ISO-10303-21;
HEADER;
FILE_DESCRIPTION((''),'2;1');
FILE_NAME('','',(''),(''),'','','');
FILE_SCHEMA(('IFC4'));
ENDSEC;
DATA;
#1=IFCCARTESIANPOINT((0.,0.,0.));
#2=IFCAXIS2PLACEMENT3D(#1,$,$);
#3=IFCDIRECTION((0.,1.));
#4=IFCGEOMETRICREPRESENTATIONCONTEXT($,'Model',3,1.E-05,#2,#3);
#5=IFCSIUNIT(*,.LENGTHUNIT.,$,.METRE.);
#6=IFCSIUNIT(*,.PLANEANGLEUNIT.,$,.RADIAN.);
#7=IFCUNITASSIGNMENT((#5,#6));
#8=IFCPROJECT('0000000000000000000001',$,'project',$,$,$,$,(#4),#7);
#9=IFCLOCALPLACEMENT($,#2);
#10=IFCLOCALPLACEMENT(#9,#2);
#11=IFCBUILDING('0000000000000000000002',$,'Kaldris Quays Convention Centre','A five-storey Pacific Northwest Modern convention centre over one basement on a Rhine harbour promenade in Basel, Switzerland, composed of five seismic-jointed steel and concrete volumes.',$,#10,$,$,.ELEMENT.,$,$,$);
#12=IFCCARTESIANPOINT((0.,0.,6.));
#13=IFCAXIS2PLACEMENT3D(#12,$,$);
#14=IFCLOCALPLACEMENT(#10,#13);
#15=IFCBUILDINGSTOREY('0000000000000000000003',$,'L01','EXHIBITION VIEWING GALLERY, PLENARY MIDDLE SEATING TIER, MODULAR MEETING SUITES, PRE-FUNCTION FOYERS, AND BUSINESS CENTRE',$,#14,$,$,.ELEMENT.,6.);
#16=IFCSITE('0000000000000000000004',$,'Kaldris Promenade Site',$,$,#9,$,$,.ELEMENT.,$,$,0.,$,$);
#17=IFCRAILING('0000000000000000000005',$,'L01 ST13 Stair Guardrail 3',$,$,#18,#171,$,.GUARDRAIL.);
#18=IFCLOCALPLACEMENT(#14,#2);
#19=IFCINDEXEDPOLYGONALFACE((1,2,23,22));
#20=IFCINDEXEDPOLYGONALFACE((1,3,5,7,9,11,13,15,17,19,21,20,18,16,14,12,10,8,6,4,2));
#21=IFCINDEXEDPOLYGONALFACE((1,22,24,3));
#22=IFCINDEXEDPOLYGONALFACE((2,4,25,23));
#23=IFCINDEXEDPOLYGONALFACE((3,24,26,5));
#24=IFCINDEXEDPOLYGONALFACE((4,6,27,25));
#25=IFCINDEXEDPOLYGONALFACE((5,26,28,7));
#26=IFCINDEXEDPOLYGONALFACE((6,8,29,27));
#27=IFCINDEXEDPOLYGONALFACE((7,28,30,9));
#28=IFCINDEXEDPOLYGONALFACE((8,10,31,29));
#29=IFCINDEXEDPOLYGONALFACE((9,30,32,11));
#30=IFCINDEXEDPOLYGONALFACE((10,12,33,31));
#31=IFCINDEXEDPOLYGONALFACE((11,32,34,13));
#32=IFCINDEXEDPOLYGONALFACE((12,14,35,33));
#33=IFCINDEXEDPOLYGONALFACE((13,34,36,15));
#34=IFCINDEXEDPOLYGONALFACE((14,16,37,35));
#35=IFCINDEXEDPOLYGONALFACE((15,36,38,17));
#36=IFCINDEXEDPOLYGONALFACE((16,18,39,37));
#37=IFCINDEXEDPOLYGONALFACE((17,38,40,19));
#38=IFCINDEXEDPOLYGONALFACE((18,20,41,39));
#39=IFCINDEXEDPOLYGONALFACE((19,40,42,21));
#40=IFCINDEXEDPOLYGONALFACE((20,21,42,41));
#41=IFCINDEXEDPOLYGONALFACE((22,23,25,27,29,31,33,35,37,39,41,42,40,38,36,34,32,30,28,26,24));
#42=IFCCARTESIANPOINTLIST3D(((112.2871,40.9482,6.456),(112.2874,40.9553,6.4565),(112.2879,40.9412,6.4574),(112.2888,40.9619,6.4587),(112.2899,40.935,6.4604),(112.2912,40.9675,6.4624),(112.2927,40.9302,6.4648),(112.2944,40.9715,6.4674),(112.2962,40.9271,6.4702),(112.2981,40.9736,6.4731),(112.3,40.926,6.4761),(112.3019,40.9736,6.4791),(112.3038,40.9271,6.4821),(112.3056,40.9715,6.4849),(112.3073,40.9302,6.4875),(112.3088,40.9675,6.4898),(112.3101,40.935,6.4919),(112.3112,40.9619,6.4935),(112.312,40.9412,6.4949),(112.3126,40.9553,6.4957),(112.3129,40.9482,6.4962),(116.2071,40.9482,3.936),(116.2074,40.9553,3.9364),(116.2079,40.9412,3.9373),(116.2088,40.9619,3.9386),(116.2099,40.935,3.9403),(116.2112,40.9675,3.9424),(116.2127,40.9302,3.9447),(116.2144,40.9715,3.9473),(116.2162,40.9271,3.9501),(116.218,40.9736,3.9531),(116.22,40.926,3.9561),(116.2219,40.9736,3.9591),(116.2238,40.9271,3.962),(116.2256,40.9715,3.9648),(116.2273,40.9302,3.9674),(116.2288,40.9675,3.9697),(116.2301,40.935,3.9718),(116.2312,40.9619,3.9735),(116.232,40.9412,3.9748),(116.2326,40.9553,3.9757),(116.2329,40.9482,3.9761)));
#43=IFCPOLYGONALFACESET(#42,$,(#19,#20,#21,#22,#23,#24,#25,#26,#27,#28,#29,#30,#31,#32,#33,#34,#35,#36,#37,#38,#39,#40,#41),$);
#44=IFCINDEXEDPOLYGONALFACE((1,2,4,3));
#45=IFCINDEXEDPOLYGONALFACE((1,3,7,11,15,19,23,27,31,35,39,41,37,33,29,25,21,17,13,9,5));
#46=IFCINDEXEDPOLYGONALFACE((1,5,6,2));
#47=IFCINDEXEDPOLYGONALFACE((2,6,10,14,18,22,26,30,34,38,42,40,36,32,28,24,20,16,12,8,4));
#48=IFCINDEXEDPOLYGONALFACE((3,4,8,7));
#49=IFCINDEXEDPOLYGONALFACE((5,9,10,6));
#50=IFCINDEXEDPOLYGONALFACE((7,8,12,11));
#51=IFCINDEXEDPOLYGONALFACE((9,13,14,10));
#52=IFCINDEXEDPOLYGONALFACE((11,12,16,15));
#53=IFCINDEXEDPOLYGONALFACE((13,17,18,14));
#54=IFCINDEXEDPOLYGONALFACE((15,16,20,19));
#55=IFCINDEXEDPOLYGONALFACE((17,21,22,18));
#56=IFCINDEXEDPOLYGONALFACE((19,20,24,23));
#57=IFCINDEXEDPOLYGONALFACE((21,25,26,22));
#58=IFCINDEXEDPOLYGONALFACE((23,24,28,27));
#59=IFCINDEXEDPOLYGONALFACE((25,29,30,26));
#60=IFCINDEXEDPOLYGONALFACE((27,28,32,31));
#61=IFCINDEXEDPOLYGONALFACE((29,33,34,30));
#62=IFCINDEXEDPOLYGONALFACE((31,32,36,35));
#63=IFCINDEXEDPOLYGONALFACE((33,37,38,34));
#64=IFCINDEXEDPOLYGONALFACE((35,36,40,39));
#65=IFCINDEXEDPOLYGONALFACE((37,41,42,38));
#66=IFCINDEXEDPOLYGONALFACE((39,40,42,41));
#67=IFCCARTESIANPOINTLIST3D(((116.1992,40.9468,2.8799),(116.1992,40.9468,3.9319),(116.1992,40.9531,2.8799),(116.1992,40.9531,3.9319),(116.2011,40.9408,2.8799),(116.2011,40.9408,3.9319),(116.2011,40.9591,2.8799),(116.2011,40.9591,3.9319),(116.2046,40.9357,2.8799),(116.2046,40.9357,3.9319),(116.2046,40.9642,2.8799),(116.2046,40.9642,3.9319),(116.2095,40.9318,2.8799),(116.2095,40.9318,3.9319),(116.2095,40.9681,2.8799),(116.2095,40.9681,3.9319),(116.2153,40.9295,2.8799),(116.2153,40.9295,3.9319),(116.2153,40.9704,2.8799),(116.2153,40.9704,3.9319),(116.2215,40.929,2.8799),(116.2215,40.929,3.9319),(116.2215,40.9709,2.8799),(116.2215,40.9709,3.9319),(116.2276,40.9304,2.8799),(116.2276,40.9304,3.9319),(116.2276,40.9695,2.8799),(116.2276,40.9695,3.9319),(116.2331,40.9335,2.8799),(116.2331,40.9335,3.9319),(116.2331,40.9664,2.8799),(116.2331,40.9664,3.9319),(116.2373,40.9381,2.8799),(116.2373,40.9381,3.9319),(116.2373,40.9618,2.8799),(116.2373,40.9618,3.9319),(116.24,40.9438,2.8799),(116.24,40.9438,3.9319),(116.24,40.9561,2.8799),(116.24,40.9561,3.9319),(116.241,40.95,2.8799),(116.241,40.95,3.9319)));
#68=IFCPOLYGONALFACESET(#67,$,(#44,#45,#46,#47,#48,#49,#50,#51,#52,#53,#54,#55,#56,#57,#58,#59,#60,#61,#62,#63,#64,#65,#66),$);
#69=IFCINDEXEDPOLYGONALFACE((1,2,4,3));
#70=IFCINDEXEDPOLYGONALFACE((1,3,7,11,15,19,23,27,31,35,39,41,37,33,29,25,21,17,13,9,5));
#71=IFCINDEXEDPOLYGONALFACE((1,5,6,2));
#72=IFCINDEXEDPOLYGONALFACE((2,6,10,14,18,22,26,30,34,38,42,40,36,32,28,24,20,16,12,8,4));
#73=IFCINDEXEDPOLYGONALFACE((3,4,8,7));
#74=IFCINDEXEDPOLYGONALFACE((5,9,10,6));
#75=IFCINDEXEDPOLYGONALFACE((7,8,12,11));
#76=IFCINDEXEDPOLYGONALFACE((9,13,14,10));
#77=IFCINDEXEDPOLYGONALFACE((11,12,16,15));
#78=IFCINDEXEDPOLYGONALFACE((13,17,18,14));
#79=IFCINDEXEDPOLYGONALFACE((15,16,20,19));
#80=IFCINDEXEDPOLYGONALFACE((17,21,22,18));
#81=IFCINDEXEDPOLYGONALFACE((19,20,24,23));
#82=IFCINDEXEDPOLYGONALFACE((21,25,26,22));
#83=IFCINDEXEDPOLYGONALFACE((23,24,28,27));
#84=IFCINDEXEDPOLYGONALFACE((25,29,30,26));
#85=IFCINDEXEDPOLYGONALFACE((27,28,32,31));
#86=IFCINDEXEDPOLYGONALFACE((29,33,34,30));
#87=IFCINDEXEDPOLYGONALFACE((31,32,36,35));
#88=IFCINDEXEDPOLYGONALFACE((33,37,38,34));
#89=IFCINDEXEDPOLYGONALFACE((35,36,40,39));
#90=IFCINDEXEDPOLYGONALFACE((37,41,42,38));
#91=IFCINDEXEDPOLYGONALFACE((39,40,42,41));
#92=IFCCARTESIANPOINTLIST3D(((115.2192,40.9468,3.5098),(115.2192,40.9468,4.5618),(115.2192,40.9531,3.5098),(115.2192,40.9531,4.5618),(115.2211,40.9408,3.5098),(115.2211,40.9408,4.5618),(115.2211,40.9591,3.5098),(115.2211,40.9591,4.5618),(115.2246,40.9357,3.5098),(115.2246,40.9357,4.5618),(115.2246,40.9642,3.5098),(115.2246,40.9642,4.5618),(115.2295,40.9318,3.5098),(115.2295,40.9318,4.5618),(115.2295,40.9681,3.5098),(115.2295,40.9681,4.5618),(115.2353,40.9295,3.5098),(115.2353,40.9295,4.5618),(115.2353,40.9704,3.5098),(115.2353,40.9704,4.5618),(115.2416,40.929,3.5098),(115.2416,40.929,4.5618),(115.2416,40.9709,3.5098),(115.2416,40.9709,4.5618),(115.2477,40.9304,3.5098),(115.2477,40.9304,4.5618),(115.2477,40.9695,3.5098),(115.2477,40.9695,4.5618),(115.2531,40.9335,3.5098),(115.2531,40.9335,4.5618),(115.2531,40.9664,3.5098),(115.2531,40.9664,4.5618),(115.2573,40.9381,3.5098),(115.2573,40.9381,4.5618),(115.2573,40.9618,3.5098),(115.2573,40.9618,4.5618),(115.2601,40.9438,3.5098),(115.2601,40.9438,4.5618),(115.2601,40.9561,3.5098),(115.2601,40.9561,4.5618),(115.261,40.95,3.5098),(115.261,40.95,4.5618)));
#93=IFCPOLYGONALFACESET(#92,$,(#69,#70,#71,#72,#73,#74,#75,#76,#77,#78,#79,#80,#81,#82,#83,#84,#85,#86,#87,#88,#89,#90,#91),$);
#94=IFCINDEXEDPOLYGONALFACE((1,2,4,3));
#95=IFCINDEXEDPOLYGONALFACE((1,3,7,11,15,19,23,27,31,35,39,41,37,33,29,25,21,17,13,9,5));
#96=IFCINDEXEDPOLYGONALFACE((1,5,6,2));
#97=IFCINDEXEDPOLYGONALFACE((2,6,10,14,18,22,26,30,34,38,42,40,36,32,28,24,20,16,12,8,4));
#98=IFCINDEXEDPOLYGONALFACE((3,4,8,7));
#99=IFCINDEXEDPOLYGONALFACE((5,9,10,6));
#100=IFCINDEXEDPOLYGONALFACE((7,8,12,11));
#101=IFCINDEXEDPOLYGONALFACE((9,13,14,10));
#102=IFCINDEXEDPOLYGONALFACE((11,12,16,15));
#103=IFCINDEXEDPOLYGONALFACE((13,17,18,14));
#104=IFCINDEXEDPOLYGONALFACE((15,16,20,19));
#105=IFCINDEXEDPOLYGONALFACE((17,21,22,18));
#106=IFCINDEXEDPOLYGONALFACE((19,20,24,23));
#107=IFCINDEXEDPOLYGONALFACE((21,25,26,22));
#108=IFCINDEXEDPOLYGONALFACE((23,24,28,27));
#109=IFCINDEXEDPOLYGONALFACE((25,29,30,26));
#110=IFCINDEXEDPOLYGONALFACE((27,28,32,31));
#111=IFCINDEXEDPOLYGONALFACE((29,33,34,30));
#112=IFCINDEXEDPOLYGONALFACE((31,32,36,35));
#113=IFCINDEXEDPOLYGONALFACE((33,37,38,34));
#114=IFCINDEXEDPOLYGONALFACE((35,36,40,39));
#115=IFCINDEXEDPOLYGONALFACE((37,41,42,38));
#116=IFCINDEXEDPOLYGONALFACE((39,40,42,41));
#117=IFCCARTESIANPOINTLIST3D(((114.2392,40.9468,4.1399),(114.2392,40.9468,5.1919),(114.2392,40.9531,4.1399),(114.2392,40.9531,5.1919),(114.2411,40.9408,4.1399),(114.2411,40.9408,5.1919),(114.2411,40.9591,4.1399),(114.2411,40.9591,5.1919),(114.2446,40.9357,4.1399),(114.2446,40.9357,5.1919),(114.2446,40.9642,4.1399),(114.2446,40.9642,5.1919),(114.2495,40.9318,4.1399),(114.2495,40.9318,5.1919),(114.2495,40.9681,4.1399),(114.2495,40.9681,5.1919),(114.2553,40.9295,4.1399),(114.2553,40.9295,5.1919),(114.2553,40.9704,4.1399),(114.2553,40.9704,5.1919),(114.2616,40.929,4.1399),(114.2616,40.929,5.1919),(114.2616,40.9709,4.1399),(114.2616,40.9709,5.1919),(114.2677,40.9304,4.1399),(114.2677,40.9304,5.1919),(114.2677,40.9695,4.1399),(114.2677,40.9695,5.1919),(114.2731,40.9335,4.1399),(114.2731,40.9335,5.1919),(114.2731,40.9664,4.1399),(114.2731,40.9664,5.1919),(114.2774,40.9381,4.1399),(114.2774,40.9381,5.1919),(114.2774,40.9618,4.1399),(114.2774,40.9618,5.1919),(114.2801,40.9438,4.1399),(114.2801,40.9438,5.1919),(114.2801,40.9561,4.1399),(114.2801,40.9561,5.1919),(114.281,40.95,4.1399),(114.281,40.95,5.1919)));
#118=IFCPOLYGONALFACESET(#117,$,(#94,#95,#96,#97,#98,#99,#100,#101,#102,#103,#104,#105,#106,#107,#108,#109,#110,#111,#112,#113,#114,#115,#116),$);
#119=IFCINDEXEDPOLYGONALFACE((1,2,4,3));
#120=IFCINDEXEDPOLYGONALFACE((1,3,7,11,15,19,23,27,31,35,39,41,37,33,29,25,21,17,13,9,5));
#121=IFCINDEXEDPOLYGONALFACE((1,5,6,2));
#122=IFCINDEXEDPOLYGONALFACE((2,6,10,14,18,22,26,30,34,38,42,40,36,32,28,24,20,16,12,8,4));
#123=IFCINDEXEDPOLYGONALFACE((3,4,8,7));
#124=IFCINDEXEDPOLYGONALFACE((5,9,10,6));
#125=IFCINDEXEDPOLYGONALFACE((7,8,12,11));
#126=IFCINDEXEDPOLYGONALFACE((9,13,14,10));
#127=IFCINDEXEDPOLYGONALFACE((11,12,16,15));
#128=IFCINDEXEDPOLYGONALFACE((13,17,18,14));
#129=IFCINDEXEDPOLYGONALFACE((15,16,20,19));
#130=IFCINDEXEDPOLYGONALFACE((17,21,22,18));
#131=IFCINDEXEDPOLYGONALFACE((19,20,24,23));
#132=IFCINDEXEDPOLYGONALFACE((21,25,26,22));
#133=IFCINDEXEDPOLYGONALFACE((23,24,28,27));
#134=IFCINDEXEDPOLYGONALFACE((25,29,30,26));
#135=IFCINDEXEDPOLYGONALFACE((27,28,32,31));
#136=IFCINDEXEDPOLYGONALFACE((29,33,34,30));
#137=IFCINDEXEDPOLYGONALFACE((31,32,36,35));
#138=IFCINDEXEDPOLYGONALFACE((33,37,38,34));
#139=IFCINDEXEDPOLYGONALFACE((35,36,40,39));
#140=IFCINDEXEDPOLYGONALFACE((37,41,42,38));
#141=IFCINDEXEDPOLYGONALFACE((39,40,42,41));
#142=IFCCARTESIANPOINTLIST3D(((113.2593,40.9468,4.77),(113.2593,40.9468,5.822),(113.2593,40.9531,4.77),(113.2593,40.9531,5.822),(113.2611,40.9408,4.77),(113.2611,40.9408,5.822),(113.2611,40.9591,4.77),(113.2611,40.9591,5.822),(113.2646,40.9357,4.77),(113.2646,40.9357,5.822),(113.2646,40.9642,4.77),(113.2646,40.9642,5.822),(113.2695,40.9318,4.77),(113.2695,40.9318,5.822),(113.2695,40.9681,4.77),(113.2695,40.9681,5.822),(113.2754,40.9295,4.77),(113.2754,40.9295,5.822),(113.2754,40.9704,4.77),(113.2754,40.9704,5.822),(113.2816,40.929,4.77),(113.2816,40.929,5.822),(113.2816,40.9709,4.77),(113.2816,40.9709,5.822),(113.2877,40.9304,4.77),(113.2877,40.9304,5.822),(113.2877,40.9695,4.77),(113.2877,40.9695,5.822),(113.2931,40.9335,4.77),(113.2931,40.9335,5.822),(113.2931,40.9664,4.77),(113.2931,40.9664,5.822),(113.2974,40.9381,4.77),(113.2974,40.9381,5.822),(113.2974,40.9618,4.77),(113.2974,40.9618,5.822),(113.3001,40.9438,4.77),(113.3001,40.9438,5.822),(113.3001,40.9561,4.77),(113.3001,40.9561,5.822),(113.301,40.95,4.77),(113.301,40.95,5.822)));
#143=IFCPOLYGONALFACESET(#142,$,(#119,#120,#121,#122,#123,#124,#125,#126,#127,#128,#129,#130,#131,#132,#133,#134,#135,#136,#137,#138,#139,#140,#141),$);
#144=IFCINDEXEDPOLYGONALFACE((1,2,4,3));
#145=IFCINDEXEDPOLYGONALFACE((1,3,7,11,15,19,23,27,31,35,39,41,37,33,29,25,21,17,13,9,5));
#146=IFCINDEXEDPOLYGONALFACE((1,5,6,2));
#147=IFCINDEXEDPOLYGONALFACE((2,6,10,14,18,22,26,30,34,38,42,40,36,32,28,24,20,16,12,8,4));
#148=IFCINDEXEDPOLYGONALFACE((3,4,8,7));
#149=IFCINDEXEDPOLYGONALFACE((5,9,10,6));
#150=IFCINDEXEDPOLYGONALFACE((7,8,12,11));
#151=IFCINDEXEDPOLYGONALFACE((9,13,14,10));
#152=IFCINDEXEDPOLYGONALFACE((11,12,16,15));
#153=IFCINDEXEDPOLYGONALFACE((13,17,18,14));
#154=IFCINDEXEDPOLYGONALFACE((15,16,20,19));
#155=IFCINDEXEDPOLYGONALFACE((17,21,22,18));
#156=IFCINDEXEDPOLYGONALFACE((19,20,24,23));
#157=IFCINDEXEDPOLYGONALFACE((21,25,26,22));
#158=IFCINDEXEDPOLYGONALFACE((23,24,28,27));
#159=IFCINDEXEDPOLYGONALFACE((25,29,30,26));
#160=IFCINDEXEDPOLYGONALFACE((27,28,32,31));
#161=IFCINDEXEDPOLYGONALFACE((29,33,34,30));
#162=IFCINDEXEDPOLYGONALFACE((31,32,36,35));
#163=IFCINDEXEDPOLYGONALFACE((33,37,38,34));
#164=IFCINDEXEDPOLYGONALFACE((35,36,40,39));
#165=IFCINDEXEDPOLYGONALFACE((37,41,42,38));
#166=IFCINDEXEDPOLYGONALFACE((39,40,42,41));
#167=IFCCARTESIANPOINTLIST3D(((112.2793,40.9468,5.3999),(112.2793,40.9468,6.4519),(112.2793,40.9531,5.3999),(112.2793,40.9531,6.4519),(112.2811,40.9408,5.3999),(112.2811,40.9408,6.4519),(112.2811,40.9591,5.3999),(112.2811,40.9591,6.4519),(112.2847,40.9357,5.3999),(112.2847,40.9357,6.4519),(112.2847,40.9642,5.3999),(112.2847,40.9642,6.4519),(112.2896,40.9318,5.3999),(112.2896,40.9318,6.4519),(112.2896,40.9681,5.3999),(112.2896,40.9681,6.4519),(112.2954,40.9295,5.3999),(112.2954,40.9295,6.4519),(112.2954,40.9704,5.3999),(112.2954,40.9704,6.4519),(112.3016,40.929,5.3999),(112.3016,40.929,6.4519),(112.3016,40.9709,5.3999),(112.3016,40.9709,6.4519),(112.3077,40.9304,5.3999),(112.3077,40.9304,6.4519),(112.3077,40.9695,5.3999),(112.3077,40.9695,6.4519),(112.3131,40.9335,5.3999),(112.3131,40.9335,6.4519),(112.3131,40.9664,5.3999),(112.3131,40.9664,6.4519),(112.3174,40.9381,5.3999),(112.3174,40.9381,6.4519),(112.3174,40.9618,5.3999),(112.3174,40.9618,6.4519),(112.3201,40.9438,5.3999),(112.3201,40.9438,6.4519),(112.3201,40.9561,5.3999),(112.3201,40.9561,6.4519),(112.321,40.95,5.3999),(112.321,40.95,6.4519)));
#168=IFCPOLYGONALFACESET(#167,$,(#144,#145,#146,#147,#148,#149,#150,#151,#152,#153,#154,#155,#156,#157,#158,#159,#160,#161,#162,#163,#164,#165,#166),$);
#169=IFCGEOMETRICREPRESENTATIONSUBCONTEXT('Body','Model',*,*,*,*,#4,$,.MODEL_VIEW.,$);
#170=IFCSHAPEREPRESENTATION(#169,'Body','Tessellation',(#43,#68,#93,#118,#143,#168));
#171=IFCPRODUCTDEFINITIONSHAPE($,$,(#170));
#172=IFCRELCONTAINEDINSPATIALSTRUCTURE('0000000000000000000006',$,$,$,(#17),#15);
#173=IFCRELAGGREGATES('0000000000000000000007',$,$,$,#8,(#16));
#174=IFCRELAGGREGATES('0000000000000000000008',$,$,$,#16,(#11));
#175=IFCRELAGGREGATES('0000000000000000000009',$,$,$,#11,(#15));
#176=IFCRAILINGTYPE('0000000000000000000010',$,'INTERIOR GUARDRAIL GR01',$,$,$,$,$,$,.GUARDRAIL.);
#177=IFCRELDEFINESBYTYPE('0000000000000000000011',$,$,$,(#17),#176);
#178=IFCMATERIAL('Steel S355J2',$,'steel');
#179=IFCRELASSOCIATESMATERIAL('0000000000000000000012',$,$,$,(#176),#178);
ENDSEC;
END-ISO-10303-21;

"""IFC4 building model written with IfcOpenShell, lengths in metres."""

from ifc_helpers import new_model, si_unit, direction, frame, origin, origin_2d, place, context, subcontext, project, spatial, circle, extrude, material, type_object, element, save


model = new_model("IFC4")

# Units and contexts
model_context = context("Model", 3, precision=1e-05, world=origin(), true_north=direction((0.0, 1.0)))
body_context = subcontext(model_context, "Body", "Model", "MODEL_VIEW")
ifc_project = project(units=[si_unit("LENGTHUNIT", "METRE"), si_unit("PLANEANGLEUNIT", "RADIAN")], contexts=[model_context])

# Site, building, storey
site_placement = place(None, origin())
site = spatial("IfcSite", under=ifc_project, at=site_placement, Name="Kaldris Promenade Site", CompositionType="ELEMENT", RefElevation=0.0)
building_placement = place(site_placement, origin())
building = spatial("IfcBuilding", under=site, at=building_placement, Name="Kaldris Quays Convention Centre", Description="A five-storey Pacific Northwest Modern convention centre over one basement on a Rhine harbour promenade in Basel, Switzerland, composed of five seismic-jointed steel and concrete volumes.", CompositionType="ELEMENT")
storey_placement = place(building_placement, frame((0.0, 0.0, 6.0)))
storey = spatial("IfcBuildingStorey", under=building, at=storey_placement, Name="L01", Description="EXHIBITION VIEWING GALLERY, PLENARY MIDDLE SEATING TIER, MODULAR MEETING SUITES, PRE-FUNCTION FOYERS, AND BUSINESS CENTRE", CompositionType="ELEMENT", Elevation=6.0)

# Shared definitions
ifc_material_1 = material(Name="Steel S355J2", Category="steel")

# Railing
railing_type_1 = type_object("IfcRailingType", Name="INTERIOR GUARDRAIL GR01", PredefinedType="GUARDRAIL", material=ifc_material_1)
railing_1_placement = place(storey_placement, frame((116.22, 40.95, 2.8799)))
element("IfcRailing", 1, at=railing_1_placement, inside=storey, type_object=railing_type_1, Name="L01 ST13 Stair Guardrail 3", PredefinedType="GUARDRAIL", context=body_context, shape_type="SweptSolid", body=[
    extrude(circle(Radius=0.0239, at=origin_2d()), frame((0.0, 0.0, 1.0762), z_axis=(-0.841172, 0.0, 0.540768), x_axis=(0.0, -1.0, 0.0)), (0.0, 0.0, 1.0), 4.6602),
    extrude(circle(Radius=0.021, at=origin_2d()), origin(), (0.0, 0.0, 1.0), 1.052),
    extrude(circle(Radius=0.021, at=origin_2d()), frame((-0.98, 0.0, 0.6299)), (0.0, 0.0, 1.0), 1.052),
    extrude(circle(Radius=0.021, at=origin_2d()), frame((-1.96, 0.0, 1.26)), (0.0, 0.0, 1.0), 1.052),
    extrude(circle(Radius=0.021, at=origin_2d()), frame((-2.9399, 0.0, 1.8901)), (0.0, 0.0, 1.0), 1.052),
    extrude(circle(Radius=0.021, at=origin_2d()), frame((-3.9199, 0.0, 2.52)), (0.0, 0.0, 1.0), 1.052),
])

save(model, "model.ifc")
